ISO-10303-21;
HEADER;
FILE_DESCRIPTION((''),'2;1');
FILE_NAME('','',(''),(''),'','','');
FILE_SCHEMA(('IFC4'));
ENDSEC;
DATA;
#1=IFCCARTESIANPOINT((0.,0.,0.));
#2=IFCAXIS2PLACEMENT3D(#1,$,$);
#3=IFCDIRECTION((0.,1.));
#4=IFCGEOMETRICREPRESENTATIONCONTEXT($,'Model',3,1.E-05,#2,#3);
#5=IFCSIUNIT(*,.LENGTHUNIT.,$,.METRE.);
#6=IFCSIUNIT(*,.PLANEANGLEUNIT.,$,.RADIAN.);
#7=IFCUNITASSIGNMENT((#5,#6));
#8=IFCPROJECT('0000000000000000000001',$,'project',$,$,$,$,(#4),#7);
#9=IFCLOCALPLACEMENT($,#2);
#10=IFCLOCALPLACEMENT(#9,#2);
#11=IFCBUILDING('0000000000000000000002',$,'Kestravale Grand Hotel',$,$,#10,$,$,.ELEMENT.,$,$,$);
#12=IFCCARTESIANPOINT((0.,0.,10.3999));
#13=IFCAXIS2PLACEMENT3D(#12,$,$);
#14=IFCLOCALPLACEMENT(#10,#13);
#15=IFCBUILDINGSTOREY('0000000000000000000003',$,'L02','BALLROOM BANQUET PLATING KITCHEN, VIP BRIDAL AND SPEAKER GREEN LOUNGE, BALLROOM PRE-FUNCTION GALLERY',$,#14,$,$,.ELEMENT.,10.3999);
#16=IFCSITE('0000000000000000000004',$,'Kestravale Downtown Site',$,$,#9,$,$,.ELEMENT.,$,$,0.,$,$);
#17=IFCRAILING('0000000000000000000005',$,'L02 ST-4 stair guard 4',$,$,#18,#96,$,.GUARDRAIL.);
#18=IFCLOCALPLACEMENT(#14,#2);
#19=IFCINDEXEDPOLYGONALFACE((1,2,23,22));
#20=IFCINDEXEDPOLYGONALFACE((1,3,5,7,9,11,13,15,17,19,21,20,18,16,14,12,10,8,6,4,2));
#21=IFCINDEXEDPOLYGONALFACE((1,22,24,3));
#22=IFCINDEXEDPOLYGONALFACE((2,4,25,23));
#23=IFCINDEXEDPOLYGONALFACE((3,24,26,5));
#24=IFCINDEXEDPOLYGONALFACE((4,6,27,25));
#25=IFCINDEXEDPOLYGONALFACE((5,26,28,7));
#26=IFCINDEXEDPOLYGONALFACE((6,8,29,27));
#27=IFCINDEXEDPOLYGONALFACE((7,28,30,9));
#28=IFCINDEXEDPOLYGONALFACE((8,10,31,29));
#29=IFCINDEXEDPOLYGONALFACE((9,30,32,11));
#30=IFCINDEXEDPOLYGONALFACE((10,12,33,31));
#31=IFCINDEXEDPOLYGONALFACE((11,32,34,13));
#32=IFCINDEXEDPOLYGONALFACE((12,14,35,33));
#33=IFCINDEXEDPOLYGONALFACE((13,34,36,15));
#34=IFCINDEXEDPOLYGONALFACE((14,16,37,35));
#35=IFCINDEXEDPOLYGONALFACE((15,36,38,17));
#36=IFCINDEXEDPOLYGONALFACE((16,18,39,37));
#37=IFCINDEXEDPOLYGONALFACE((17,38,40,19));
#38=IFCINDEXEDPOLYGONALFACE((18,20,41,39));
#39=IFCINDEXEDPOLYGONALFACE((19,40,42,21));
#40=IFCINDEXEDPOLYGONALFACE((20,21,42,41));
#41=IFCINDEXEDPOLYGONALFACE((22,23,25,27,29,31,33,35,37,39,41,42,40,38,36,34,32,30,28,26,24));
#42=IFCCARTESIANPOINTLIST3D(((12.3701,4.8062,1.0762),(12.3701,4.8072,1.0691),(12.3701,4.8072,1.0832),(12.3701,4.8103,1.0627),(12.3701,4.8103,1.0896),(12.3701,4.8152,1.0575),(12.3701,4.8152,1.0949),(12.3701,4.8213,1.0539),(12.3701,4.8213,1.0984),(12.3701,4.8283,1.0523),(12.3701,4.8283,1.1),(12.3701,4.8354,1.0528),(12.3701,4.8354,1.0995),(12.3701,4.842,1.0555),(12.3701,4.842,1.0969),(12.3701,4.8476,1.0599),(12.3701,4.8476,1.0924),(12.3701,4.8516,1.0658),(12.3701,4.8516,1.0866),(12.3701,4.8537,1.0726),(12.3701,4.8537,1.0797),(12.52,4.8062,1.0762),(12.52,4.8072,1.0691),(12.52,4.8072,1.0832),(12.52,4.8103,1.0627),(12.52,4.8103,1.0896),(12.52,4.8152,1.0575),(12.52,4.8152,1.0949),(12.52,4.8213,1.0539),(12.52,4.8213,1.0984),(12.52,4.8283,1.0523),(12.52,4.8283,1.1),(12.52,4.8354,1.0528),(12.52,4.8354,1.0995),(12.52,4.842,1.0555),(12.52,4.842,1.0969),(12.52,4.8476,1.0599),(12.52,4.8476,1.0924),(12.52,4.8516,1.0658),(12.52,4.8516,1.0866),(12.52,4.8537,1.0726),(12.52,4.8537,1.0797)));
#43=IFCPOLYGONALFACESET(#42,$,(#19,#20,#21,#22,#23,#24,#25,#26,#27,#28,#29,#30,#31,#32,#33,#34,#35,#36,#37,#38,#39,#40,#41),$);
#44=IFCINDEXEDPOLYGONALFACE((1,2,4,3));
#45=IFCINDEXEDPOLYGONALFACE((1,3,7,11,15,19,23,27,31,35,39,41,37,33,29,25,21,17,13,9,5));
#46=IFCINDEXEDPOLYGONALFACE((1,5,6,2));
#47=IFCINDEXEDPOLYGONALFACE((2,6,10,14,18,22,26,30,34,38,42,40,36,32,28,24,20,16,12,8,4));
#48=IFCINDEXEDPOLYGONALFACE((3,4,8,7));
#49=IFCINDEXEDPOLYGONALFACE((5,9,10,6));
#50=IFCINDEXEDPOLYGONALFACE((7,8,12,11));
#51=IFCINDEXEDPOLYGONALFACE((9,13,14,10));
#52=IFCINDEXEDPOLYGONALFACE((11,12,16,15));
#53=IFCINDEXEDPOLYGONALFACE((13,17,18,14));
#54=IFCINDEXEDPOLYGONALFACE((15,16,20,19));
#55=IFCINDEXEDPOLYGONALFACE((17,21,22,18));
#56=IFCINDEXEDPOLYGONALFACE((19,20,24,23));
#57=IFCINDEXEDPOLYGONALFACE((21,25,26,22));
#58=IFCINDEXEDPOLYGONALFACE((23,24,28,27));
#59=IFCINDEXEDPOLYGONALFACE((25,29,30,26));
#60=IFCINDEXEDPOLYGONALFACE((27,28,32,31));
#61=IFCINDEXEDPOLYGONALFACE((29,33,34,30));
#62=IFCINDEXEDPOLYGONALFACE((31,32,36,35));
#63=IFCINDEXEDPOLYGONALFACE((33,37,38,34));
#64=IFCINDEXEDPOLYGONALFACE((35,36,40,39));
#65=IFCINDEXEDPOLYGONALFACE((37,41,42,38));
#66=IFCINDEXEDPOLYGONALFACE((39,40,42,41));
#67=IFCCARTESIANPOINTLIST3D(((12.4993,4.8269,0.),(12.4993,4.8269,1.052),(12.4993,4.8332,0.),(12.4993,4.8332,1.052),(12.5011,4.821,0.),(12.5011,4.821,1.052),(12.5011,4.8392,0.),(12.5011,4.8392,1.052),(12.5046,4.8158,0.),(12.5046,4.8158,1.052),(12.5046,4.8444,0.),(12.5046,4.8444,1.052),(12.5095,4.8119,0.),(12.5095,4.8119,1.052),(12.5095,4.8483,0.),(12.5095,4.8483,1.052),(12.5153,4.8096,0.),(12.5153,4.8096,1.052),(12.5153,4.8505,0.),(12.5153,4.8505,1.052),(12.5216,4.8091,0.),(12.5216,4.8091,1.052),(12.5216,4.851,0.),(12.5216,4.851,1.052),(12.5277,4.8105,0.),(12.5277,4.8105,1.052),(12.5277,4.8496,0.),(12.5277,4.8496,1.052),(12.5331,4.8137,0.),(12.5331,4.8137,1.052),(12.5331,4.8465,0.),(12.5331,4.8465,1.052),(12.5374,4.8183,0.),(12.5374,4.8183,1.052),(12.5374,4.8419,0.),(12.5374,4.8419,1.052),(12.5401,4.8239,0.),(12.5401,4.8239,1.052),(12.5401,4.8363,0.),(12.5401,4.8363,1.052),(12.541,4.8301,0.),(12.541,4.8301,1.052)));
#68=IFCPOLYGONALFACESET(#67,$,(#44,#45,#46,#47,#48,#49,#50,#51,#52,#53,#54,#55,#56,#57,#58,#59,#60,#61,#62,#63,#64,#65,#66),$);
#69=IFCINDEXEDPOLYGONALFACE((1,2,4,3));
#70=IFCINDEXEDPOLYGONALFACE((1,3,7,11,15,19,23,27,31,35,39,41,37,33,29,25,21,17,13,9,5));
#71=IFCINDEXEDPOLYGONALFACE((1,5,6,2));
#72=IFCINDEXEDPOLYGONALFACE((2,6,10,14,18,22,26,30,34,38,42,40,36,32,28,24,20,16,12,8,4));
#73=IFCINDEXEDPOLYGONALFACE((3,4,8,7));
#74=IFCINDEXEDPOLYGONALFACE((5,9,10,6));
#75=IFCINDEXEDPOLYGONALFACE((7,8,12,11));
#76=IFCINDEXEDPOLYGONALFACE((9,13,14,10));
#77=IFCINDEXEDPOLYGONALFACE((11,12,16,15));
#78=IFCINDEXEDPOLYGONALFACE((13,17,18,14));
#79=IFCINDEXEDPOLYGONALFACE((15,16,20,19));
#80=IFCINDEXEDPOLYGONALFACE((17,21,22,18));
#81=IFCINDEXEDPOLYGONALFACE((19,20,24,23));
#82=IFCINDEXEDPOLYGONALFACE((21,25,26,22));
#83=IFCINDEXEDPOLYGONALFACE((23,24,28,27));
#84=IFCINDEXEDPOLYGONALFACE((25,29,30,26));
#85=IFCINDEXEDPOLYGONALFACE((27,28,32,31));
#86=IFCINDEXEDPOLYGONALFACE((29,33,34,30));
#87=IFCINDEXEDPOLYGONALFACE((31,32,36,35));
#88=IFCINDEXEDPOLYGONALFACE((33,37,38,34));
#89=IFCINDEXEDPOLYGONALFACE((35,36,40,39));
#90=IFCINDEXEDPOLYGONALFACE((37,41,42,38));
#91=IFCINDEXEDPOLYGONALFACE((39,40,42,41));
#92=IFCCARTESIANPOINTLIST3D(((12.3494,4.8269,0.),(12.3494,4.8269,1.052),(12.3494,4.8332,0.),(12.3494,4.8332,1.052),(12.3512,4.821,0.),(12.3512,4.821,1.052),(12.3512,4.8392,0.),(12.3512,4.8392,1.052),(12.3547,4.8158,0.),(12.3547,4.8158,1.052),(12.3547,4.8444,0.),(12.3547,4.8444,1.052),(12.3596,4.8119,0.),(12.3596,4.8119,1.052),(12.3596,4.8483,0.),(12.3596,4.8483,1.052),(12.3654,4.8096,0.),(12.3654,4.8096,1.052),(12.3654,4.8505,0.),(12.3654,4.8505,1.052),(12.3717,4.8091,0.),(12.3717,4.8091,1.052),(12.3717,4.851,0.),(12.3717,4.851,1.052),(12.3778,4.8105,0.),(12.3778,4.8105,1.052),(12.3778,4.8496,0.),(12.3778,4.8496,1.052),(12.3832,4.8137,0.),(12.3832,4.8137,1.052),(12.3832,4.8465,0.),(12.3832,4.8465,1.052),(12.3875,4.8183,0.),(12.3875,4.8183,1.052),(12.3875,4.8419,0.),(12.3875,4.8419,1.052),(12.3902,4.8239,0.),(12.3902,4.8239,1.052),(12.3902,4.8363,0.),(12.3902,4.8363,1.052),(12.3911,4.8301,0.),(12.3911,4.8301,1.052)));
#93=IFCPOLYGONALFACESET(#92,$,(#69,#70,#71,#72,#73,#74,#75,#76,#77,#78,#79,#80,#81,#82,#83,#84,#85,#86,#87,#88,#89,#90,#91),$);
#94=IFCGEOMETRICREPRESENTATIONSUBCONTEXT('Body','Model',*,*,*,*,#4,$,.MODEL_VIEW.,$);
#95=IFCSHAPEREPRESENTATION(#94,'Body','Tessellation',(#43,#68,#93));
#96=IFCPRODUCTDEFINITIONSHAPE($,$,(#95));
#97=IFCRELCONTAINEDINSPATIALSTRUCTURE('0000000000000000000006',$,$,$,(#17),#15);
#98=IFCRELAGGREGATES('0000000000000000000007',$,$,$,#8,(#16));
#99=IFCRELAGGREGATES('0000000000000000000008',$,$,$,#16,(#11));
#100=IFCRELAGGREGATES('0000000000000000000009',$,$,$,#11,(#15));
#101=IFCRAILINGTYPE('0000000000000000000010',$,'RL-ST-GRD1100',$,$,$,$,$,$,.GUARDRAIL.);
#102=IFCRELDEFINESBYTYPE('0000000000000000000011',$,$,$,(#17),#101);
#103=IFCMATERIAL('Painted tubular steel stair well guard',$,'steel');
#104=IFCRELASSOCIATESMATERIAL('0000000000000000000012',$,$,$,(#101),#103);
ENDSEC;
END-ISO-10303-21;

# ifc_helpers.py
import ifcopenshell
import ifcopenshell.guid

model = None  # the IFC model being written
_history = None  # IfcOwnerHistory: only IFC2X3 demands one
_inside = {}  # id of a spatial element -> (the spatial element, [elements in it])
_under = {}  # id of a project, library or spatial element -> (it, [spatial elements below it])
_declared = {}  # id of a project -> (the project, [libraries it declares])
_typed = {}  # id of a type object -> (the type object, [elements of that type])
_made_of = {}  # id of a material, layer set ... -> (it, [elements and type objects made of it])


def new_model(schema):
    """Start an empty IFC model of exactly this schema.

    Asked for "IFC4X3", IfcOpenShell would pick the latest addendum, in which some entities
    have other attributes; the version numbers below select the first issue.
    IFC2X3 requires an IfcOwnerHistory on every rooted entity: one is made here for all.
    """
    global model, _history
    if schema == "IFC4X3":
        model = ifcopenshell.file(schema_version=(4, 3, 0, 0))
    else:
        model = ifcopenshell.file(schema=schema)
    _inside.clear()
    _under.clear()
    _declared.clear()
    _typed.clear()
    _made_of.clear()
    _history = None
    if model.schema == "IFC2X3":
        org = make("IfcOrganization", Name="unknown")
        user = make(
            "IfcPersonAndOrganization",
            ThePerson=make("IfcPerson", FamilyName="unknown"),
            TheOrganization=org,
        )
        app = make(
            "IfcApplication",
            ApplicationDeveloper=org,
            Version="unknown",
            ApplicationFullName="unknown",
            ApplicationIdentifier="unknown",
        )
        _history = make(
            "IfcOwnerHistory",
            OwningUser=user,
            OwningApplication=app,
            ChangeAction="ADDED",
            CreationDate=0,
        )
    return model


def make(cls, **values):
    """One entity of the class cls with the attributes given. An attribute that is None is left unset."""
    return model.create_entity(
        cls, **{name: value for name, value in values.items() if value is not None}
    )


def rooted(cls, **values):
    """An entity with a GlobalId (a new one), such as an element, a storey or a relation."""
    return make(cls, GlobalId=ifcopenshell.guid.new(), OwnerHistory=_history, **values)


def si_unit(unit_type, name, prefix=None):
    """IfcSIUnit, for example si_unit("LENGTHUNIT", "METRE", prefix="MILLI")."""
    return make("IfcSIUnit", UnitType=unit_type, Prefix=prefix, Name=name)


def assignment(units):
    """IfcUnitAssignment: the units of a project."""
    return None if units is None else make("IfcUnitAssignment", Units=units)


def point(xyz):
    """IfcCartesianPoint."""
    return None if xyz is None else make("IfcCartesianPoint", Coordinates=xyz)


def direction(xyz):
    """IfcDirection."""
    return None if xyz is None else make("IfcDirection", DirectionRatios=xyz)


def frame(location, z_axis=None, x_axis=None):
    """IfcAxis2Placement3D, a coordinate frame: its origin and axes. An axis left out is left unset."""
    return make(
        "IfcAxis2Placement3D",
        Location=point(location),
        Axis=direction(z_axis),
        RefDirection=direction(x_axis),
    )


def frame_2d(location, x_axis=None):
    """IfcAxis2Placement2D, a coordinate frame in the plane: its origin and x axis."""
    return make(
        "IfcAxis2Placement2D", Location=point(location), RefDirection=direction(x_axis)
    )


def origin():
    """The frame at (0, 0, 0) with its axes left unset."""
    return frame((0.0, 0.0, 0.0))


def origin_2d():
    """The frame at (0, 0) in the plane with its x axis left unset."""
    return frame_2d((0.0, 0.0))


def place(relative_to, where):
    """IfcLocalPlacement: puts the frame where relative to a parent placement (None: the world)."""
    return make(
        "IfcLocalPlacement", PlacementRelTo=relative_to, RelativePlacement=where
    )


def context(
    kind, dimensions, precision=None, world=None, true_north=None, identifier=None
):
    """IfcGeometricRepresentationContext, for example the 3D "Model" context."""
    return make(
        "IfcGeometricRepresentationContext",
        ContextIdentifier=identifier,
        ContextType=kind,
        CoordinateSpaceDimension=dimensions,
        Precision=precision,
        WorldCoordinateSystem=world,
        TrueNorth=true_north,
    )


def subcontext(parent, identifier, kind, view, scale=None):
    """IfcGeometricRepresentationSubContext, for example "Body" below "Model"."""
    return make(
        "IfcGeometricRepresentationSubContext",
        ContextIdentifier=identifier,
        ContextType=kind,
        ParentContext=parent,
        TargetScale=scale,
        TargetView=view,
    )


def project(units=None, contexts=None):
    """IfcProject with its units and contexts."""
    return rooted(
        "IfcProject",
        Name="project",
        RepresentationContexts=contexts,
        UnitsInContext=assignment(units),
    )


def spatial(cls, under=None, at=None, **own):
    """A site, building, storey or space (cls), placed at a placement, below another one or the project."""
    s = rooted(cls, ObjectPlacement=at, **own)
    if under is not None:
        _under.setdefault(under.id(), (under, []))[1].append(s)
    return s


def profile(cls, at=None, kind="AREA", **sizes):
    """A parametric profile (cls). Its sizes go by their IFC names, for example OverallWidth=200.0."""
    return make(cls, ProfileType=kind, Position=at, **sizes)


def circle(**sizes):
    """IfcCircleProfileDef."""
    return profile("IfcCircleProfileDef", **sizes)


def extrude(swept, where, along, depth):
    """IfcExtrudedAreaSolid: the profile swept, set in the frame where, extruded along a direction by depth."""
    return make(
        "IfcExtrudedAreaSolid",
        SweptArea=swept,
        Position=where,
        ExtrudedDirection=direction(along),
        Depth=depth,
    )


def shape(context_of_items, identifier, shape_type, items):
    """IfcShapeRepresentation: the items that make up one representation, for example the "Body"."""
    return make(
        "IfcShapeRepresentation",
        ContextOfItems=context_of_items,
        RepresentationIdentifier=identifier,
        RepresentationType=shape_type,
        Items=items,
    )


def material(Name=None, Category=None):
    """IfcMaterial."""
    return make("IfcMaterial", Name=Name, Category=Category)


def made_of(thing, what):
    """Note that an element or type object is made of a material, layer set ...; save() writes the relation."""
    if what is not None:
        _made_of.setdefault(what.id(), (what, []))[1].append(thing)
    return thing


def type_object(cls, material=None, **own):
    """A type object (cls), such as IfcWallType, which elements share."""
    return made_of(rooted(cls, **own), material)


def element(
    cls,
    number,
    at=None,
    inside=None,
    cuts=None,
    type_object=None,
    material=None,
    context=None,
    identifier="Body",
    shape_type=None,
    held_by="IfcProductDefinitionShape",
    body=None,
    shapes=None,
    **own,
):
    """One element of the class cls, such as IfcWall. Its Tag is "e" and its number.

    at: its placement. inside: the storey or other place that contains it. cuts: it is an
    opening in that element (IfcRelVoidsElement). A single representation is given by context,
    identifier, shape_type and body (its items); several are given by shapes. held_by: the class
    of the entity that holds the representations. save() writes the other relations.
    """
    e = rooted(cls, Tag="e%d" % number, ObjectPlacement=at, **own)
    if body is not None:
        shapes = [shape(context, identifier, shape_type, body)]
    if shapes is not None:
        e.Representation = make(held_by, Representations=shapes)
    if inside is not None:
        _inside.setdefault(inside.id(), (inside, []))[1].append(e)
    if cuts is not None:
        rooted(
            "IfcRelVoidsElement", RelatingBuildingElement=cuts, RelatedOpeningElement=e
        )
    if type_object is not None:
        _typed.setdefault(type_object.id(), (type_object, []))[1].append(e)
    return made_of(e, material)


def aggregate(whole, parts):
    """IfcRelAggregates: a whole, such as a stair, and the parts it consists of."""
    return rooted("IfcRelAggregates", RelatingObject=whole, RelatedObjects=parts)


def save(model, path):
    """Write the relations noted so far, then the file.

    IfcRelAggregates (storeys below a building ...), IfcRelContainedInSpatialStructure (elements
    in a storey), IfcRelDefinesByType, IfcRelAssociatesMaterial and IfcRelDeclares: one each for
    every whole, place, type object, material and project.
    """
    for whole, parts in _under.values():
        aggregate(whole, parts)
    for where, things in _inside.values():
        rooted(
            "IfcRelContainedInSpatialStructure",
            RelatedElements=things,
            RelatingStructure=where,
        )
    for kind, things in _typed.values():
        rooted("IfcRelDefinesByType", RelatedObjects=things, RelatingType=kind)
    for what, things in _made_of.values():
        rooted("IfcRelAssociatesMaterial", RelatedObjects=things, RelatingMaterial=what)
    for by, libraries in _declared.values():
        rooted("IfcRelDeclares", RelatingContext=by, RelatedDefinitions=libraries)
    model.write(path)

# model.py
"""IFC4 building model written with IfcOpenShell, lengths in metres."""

from ifc_helpers import new_model, si_unit, direction, frame, origin, origin_2d, place, context, subcontext, project, spatial, circle, extrude, material, type_object, element, save


model = new_model("IFC4")

# Units and contexts
model_context = context("Model", 3, precision=1e-05, world=origin(), true_north=direction((0.0, 1.0)))
body_context = subcontext(model_context, "Body", "Model", "MODEL_VIEW")
ifc_project = project(units=[si_unit("LENGTHUNIT", "METRE"), si_unit("PLANEANGLEUNIT", "RADIAN")], contexts=[model_context])

# Site, building, storey
site_placement = place(None, origin())
site = spatial("IfcSite", under=ifc_project, at=site_placement, Name="Kestravale Downtown Site", CompositionType="ELEMENT", RefElevation=0.0)
building_placement = place(site_placement, origin())
building = spatial("IfcBuilding", under=site, at=building_placement, Name="Kestravale Grand Hotel", CompositionType="ELEMENT")
storey_placement = place(building_placement, frame((0.0, 0.0, 10.3999)))
storey = spatial("IfcBuildingStorey", under=building, at=storey_placement, Name="L02", Description="BALLROOM BANQUET PLATING KITCHEN, VIP BRIDAL AND SPEAKER GREEN LOUNGE, BALLROOM PRE-FUNCTION GALLERY", CompositionType="ELEMENT", Elevation=10.3999)

# Railing
ifc_material_1 = material(Name="Painted tubular steel stair well guard", Category="steel")
railing_type_1 = type_object("IfcRailingType", Name="RL-ST-GRD1100", PredefinedType="GUARDRAIL", material=ifc_material_1)
railing_1_placement = place(storey_placement, frame((12.52, 4.8301, 0.0)))
element("IfcRailing", 1, at=railing_1_placement, inside=storey, type_object=railing_type_1, Name="L02 ST-4 stair guard 4", PredefinedType="GUARDRAIL", context=body_context, shape_type="SweptSolid", body=[
    extrude(circle(Radius=0.0239, at=origin_2d()), frame((0.0, 0.0, 1.0762), z_axis=(-1.0, 0.0, 0.0), x_axis=(0.0, -1.0, 0.0)), (0.0, 0.0, 1.0), 0.1499),
    extrude(circle(Radius=0.021, at=origin_2d()), origin(), (0.0, 0.0, 1.0), 1.052),
    extrude(circle(Radius=0.021, at=origin_2d()), frame((-0.1499, 0.0, 0.0)), (0.0, 0.0, 1.0), 1.052),
])

save(model, "model.ifc")
